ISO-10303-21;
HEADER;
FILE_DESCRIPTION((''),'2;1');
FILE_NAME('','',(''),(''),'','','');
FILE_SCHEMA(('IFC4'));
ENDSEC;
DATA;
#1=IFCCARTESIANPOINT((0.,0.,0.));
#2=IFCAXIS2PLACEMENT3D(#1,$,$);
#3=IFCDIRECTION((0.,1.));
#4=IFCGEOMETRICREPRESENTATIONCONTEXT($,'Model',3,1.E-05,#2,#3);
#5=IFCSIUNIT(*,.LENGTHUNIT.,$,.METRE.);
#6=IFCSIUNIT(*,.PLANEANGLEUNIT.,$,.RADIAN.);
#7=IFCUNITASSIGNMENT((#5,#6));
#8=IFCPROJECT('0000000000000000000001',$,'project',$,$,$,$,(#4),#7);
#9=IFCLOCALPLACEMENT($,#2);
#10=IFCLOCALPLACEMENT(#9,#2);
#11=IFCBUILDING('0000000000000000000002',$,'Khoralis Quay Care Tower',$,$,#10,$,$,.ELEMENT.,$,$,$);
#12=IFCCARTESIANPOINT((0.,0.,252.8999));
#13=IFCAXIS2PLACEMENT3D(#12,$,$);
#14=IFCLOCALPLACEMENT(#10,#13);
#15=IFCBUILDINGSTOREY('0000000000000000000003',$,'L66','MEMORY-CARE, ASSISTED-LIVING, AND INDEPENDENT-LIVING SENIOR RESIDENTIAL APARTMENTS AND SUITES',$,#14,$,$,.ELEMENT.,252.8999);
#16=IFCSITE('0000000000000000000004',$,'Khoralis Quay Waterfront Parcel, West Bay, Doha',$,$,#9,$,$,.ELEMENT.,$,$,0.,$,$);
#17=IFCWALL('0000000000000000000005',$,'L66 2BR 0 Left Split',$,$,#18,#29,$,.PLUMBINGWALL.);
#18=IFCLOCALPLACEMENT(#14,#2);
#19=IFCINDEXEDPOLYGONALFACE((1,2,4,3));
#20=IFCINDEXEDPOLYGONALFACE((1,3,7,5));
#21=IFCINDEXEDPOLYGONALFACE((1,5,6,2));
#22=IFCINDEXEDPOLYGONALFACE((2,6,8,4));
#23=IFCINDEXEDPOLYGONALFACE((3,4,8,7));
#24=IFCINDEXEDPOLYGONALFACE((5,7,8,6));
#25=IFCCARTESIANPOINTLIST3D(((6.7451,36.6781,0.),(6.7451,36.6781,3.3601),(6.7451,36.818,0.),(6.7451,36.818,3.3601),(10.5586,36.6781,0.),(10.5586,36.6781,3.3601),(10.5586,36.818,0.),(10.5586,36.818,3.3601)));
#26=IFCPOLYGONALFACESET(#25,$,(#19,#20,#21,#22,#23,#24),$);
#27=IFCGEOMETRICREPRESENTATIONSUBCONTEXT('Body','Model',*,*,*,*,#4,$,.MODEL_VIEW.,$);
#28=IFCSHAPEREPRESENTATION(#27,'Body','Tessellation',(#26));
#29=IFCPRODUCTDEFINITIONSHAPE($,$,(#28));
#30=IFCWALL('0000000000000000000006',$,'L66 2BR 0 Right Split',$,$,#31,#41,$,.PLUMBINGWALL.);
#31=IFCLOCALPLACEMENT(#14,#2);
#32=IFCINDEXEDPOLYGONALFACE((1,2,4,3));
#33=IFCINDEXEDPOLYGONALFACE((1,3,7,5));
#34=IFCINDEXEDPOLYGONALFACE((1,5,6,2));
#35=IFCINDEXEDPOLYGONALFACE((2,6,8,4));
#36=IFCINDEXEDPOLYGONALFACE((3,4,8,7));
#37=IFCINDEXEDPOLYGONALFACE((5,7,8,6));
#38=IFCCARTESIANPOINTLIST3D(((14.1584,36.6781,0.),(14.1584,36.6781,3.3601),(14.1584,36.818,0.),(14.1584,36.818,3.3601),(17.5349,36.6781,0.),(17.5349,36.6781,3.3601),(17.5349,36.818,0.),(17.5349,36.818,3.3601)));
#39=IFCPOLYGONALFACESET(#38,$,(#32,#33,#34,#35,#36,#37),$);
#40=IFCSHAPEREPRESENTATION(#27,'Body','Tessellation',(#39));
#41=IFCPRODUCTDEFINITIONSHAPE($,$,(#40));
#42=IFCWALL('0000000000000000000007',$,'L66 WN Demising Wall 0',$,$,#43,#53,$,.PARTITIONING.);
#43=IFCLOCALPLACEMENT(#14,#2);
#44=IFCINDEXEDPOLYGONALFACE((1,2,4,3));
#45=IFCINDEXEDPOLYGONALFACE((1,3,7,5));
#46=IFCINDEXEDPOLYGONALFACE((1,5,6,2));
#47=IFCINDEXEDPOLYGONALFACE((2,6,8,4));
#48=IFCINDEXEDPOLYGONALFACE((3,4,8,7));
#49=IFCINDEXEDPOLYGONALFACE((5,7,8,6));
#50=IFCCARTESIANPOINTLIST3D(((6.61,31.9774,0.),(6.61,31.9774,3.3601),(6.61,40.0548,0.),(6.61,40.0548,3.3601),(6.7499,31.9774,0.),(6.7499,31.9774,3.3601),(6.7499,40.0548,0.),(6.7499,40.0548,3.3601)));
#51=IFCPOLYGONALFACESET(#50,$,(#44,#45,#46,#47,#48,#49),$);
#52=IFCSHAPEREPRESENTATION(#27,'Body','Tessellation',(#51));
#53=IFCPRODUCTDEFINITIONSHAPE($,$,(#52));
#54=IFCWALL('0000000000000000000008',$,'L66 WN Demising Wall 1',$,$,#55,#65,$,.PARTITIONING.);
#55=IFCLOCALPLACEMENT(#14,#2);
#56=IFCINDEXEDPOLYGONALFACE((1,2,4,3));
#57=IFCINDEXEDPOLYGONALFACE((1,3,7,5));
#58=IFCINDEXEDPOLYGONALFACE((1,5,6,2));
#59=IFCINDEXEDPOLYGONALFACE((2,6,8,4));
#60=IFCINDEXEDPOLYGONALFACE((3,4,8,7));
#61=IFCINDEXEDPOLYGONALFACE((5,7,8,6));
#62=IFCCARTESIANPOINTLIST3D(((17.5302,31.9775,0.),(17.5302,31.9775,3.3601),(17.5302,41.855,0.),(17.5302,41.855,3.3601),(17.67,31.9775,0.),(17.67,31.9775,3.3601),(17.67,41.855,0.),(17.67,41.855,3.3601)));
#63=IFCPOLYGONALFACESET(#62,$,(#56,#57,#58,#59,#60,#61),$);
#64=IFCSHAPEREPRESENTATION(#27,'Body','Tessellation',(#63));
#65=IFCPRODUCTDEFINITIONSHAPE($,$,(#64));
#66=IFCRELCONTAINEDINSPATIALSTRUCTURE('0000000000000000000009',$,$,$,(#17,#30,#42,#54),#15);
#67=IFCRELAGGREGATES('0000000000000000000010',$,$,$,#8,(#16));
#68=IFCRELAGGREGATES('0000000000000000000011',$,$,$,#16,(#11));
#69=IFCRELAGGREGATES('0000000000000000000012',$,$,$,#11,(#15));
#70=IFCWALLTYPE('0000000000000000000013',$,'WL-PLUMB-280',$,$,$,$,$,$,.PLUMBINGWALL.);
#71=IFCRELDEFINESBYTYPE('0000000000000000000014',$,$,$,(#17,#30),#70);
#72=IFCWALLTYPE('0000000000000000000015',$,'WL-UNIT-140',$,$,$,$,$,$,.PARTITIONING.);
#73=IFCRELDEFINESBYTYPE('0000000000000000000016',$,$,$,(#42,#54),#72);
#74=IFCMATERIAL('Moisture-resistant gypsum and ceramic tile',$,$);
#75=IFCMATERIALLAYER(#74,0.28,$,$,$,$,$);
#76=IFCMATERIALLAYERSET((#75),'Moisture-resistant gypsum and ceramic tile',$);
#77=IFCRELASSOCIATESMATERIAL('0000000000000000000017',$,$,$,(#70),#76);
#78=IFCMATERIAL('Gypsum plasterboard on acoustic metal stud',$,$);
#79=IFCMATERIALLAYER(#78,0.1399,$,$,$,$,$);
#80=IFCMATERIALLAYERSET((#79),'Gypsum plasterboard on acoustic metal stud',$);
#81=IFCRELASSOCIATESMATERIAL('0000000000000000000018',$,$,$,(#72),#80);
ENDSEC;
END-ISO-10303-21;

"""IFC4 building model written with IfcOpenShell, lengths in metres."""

from ifc_helpers import new_model, si_unit, direction, frame, frame_2d, origin, place, context, subcontext, project, spatial, rectangle, extrude, material, layer, layer_set, type_object, element, save


model = new_model("IFC4")

# Units and contexts
model_context = context("Model", 3, precision=1e-05, world=origin(), true_north=direction((0.0, 1.0)))
body_context = subcontext(model_context, "Body", "Model", "MODEL_VIEW")
ifc_project = project(units=[si_unit("LENGTHUNIT", "METRE"), si_unit("PLANEANGLEUNIT", "RADIAN")], contexts=[model_context])

# Site, building, storey
site_placement = place(None, origin())
site = spatial("IfcSite", under=ifc_project, at=site_placement, Name="Khoralis Quay Waterfront Parcel, West Bay, Doha", CompositionType="ELEMENT", RefElevation=0.0)
building_placement = place(site_placement, origin())
building = spatial("IfcBuilding", under=site, at=building_placement, Name="Khoralis Quay Care Tower", CompositionType="ELEMENT")
storey_placement = place(building_placement, frame((0.0, 0.0, 252.8999)))
storey = spatial("IfcBuildingStorey", under=building, at=storey_placement, Name="L66", Description="MEMORY-CARE, ASSISTED-LIVING, AND INDEPENDENT-LIVING SENIOR RESIDENTIAL APARTMENTS AND SUITES", CompositionType="ELEMENT", Elevation=252.8999)

# Shared definitions
ifc_material_1 = material(Name="Gypsum plasterboard on acoustic metal stud")

# Walls
ifc_material_2 = material(Name="Moisture-resistant gypsum and ceramic tile")
ifc_layer_1 = layer(ifc_material_2, 0.28)
ifc_layer_set_1 = layer_set([ifc_layer_1], Name="Moisture-resistant gypsum and ceramic tile")
wall_type_1 = type_object("IfcWallType", Name="WL-PLUMB-280", PredefinedType="PLUMBINGWALL", material=ifc_layer_set_1)
wall_1_placement = place(storey_placement, frame((6.7451, 36.748, 0.0), z_axis=(0.0, 0.0, 1.0), x_axis=(1.0, 0.0, 0.0)))
element("IfcWall", 1, at=wall_1_placement, inside=storey, type_object=wall_type_1, Name="L66 2BR 0 Left Split", PredefinedType="PLUMBINGWALL", context=body_context, shape_type="SweptSolid", body=[
    extrude(rectangle(XDim=3.8135, YDim=0.1399, at=frame_2d((1.9067, 0.0))), origin(), (0.0, 0.0, 1.0), 3.3601),
])
wall_2_placement = place(storey_placement, frame((14.1584, 36.748, 0.0), z_axis=(0.0, 0.0, 1.0), x_axis=(1.0, 0.0, 0.0)))
element("IfcWall", 2, at=wall_2_placement, inside=storey, type_object=wall_type_1, Name="L66 2BR 0 Right Split", PredefinedType="PLUMBINGWALL", context=body_context, shape_type="SweptSolid", body=[
    extrude(rectangle(XDim=3.3765, YDim=0.1399, at=frame_2d((1.6882, 0.0))), origin(), (0.0, 0.0, 1.0), 3.3601),
])
ifc_layer_2 = layer(ifc_material_1, 0.1399)
ifc_layer_set_2 = layer_set([ifc_layer_2], Name="Gypsum plasterboard on acoustic metal stud")
wall_type_2 = type_object("IfcWallType", Name="WL-UNIT-140", PredefinedType="PARTITIONING", material=ifc_layer_set_2)
wall_3_placement = place(storey_placement, frame((6.6799, 31.9775, 0.0), z_axis=(0.0, 0.0, 1.0), x_axis=(0.0, 1.0, 0.0)))
element("IfcWall", 3, at=wall_3_placement, inside=storey, type_object=wall_type_2, Name="L66 WN Demising Wall 0", PredefinedType="PARTITIONING", context=body_context, shape_type="SweptSolid", body=[
    extrude(rectangle(XDim=8.0774, YDim=0.1399, at=frame_2d((4.0386, 0.0))), origin(), (0.0, 0.0, 1.0), 3.3601),
])
wall_4_placement = place(storey_placement, frame((17.6001, 31.9775, 0.0), z_axis=(0.0, 0.0, 1.0), x_axis=(0.0, 1.0, 0.0)))
element("IfcWall", 4, at=wall_4_placement, inside=storey, type_object=wall_type_2, Name="L66 WN Demising Wall 1", PredefinedType="PARTITIONING", context=body_context, shape_type="SweptSolid", body=[
    extrude(rectangle(XDim=9.8774, YDim=0.1399, at=frame_2d((4.9387, 0.0))), origin(), (0.0, 0.0, 1.0), 3.3601),
])

save(model, "model.ifc")
